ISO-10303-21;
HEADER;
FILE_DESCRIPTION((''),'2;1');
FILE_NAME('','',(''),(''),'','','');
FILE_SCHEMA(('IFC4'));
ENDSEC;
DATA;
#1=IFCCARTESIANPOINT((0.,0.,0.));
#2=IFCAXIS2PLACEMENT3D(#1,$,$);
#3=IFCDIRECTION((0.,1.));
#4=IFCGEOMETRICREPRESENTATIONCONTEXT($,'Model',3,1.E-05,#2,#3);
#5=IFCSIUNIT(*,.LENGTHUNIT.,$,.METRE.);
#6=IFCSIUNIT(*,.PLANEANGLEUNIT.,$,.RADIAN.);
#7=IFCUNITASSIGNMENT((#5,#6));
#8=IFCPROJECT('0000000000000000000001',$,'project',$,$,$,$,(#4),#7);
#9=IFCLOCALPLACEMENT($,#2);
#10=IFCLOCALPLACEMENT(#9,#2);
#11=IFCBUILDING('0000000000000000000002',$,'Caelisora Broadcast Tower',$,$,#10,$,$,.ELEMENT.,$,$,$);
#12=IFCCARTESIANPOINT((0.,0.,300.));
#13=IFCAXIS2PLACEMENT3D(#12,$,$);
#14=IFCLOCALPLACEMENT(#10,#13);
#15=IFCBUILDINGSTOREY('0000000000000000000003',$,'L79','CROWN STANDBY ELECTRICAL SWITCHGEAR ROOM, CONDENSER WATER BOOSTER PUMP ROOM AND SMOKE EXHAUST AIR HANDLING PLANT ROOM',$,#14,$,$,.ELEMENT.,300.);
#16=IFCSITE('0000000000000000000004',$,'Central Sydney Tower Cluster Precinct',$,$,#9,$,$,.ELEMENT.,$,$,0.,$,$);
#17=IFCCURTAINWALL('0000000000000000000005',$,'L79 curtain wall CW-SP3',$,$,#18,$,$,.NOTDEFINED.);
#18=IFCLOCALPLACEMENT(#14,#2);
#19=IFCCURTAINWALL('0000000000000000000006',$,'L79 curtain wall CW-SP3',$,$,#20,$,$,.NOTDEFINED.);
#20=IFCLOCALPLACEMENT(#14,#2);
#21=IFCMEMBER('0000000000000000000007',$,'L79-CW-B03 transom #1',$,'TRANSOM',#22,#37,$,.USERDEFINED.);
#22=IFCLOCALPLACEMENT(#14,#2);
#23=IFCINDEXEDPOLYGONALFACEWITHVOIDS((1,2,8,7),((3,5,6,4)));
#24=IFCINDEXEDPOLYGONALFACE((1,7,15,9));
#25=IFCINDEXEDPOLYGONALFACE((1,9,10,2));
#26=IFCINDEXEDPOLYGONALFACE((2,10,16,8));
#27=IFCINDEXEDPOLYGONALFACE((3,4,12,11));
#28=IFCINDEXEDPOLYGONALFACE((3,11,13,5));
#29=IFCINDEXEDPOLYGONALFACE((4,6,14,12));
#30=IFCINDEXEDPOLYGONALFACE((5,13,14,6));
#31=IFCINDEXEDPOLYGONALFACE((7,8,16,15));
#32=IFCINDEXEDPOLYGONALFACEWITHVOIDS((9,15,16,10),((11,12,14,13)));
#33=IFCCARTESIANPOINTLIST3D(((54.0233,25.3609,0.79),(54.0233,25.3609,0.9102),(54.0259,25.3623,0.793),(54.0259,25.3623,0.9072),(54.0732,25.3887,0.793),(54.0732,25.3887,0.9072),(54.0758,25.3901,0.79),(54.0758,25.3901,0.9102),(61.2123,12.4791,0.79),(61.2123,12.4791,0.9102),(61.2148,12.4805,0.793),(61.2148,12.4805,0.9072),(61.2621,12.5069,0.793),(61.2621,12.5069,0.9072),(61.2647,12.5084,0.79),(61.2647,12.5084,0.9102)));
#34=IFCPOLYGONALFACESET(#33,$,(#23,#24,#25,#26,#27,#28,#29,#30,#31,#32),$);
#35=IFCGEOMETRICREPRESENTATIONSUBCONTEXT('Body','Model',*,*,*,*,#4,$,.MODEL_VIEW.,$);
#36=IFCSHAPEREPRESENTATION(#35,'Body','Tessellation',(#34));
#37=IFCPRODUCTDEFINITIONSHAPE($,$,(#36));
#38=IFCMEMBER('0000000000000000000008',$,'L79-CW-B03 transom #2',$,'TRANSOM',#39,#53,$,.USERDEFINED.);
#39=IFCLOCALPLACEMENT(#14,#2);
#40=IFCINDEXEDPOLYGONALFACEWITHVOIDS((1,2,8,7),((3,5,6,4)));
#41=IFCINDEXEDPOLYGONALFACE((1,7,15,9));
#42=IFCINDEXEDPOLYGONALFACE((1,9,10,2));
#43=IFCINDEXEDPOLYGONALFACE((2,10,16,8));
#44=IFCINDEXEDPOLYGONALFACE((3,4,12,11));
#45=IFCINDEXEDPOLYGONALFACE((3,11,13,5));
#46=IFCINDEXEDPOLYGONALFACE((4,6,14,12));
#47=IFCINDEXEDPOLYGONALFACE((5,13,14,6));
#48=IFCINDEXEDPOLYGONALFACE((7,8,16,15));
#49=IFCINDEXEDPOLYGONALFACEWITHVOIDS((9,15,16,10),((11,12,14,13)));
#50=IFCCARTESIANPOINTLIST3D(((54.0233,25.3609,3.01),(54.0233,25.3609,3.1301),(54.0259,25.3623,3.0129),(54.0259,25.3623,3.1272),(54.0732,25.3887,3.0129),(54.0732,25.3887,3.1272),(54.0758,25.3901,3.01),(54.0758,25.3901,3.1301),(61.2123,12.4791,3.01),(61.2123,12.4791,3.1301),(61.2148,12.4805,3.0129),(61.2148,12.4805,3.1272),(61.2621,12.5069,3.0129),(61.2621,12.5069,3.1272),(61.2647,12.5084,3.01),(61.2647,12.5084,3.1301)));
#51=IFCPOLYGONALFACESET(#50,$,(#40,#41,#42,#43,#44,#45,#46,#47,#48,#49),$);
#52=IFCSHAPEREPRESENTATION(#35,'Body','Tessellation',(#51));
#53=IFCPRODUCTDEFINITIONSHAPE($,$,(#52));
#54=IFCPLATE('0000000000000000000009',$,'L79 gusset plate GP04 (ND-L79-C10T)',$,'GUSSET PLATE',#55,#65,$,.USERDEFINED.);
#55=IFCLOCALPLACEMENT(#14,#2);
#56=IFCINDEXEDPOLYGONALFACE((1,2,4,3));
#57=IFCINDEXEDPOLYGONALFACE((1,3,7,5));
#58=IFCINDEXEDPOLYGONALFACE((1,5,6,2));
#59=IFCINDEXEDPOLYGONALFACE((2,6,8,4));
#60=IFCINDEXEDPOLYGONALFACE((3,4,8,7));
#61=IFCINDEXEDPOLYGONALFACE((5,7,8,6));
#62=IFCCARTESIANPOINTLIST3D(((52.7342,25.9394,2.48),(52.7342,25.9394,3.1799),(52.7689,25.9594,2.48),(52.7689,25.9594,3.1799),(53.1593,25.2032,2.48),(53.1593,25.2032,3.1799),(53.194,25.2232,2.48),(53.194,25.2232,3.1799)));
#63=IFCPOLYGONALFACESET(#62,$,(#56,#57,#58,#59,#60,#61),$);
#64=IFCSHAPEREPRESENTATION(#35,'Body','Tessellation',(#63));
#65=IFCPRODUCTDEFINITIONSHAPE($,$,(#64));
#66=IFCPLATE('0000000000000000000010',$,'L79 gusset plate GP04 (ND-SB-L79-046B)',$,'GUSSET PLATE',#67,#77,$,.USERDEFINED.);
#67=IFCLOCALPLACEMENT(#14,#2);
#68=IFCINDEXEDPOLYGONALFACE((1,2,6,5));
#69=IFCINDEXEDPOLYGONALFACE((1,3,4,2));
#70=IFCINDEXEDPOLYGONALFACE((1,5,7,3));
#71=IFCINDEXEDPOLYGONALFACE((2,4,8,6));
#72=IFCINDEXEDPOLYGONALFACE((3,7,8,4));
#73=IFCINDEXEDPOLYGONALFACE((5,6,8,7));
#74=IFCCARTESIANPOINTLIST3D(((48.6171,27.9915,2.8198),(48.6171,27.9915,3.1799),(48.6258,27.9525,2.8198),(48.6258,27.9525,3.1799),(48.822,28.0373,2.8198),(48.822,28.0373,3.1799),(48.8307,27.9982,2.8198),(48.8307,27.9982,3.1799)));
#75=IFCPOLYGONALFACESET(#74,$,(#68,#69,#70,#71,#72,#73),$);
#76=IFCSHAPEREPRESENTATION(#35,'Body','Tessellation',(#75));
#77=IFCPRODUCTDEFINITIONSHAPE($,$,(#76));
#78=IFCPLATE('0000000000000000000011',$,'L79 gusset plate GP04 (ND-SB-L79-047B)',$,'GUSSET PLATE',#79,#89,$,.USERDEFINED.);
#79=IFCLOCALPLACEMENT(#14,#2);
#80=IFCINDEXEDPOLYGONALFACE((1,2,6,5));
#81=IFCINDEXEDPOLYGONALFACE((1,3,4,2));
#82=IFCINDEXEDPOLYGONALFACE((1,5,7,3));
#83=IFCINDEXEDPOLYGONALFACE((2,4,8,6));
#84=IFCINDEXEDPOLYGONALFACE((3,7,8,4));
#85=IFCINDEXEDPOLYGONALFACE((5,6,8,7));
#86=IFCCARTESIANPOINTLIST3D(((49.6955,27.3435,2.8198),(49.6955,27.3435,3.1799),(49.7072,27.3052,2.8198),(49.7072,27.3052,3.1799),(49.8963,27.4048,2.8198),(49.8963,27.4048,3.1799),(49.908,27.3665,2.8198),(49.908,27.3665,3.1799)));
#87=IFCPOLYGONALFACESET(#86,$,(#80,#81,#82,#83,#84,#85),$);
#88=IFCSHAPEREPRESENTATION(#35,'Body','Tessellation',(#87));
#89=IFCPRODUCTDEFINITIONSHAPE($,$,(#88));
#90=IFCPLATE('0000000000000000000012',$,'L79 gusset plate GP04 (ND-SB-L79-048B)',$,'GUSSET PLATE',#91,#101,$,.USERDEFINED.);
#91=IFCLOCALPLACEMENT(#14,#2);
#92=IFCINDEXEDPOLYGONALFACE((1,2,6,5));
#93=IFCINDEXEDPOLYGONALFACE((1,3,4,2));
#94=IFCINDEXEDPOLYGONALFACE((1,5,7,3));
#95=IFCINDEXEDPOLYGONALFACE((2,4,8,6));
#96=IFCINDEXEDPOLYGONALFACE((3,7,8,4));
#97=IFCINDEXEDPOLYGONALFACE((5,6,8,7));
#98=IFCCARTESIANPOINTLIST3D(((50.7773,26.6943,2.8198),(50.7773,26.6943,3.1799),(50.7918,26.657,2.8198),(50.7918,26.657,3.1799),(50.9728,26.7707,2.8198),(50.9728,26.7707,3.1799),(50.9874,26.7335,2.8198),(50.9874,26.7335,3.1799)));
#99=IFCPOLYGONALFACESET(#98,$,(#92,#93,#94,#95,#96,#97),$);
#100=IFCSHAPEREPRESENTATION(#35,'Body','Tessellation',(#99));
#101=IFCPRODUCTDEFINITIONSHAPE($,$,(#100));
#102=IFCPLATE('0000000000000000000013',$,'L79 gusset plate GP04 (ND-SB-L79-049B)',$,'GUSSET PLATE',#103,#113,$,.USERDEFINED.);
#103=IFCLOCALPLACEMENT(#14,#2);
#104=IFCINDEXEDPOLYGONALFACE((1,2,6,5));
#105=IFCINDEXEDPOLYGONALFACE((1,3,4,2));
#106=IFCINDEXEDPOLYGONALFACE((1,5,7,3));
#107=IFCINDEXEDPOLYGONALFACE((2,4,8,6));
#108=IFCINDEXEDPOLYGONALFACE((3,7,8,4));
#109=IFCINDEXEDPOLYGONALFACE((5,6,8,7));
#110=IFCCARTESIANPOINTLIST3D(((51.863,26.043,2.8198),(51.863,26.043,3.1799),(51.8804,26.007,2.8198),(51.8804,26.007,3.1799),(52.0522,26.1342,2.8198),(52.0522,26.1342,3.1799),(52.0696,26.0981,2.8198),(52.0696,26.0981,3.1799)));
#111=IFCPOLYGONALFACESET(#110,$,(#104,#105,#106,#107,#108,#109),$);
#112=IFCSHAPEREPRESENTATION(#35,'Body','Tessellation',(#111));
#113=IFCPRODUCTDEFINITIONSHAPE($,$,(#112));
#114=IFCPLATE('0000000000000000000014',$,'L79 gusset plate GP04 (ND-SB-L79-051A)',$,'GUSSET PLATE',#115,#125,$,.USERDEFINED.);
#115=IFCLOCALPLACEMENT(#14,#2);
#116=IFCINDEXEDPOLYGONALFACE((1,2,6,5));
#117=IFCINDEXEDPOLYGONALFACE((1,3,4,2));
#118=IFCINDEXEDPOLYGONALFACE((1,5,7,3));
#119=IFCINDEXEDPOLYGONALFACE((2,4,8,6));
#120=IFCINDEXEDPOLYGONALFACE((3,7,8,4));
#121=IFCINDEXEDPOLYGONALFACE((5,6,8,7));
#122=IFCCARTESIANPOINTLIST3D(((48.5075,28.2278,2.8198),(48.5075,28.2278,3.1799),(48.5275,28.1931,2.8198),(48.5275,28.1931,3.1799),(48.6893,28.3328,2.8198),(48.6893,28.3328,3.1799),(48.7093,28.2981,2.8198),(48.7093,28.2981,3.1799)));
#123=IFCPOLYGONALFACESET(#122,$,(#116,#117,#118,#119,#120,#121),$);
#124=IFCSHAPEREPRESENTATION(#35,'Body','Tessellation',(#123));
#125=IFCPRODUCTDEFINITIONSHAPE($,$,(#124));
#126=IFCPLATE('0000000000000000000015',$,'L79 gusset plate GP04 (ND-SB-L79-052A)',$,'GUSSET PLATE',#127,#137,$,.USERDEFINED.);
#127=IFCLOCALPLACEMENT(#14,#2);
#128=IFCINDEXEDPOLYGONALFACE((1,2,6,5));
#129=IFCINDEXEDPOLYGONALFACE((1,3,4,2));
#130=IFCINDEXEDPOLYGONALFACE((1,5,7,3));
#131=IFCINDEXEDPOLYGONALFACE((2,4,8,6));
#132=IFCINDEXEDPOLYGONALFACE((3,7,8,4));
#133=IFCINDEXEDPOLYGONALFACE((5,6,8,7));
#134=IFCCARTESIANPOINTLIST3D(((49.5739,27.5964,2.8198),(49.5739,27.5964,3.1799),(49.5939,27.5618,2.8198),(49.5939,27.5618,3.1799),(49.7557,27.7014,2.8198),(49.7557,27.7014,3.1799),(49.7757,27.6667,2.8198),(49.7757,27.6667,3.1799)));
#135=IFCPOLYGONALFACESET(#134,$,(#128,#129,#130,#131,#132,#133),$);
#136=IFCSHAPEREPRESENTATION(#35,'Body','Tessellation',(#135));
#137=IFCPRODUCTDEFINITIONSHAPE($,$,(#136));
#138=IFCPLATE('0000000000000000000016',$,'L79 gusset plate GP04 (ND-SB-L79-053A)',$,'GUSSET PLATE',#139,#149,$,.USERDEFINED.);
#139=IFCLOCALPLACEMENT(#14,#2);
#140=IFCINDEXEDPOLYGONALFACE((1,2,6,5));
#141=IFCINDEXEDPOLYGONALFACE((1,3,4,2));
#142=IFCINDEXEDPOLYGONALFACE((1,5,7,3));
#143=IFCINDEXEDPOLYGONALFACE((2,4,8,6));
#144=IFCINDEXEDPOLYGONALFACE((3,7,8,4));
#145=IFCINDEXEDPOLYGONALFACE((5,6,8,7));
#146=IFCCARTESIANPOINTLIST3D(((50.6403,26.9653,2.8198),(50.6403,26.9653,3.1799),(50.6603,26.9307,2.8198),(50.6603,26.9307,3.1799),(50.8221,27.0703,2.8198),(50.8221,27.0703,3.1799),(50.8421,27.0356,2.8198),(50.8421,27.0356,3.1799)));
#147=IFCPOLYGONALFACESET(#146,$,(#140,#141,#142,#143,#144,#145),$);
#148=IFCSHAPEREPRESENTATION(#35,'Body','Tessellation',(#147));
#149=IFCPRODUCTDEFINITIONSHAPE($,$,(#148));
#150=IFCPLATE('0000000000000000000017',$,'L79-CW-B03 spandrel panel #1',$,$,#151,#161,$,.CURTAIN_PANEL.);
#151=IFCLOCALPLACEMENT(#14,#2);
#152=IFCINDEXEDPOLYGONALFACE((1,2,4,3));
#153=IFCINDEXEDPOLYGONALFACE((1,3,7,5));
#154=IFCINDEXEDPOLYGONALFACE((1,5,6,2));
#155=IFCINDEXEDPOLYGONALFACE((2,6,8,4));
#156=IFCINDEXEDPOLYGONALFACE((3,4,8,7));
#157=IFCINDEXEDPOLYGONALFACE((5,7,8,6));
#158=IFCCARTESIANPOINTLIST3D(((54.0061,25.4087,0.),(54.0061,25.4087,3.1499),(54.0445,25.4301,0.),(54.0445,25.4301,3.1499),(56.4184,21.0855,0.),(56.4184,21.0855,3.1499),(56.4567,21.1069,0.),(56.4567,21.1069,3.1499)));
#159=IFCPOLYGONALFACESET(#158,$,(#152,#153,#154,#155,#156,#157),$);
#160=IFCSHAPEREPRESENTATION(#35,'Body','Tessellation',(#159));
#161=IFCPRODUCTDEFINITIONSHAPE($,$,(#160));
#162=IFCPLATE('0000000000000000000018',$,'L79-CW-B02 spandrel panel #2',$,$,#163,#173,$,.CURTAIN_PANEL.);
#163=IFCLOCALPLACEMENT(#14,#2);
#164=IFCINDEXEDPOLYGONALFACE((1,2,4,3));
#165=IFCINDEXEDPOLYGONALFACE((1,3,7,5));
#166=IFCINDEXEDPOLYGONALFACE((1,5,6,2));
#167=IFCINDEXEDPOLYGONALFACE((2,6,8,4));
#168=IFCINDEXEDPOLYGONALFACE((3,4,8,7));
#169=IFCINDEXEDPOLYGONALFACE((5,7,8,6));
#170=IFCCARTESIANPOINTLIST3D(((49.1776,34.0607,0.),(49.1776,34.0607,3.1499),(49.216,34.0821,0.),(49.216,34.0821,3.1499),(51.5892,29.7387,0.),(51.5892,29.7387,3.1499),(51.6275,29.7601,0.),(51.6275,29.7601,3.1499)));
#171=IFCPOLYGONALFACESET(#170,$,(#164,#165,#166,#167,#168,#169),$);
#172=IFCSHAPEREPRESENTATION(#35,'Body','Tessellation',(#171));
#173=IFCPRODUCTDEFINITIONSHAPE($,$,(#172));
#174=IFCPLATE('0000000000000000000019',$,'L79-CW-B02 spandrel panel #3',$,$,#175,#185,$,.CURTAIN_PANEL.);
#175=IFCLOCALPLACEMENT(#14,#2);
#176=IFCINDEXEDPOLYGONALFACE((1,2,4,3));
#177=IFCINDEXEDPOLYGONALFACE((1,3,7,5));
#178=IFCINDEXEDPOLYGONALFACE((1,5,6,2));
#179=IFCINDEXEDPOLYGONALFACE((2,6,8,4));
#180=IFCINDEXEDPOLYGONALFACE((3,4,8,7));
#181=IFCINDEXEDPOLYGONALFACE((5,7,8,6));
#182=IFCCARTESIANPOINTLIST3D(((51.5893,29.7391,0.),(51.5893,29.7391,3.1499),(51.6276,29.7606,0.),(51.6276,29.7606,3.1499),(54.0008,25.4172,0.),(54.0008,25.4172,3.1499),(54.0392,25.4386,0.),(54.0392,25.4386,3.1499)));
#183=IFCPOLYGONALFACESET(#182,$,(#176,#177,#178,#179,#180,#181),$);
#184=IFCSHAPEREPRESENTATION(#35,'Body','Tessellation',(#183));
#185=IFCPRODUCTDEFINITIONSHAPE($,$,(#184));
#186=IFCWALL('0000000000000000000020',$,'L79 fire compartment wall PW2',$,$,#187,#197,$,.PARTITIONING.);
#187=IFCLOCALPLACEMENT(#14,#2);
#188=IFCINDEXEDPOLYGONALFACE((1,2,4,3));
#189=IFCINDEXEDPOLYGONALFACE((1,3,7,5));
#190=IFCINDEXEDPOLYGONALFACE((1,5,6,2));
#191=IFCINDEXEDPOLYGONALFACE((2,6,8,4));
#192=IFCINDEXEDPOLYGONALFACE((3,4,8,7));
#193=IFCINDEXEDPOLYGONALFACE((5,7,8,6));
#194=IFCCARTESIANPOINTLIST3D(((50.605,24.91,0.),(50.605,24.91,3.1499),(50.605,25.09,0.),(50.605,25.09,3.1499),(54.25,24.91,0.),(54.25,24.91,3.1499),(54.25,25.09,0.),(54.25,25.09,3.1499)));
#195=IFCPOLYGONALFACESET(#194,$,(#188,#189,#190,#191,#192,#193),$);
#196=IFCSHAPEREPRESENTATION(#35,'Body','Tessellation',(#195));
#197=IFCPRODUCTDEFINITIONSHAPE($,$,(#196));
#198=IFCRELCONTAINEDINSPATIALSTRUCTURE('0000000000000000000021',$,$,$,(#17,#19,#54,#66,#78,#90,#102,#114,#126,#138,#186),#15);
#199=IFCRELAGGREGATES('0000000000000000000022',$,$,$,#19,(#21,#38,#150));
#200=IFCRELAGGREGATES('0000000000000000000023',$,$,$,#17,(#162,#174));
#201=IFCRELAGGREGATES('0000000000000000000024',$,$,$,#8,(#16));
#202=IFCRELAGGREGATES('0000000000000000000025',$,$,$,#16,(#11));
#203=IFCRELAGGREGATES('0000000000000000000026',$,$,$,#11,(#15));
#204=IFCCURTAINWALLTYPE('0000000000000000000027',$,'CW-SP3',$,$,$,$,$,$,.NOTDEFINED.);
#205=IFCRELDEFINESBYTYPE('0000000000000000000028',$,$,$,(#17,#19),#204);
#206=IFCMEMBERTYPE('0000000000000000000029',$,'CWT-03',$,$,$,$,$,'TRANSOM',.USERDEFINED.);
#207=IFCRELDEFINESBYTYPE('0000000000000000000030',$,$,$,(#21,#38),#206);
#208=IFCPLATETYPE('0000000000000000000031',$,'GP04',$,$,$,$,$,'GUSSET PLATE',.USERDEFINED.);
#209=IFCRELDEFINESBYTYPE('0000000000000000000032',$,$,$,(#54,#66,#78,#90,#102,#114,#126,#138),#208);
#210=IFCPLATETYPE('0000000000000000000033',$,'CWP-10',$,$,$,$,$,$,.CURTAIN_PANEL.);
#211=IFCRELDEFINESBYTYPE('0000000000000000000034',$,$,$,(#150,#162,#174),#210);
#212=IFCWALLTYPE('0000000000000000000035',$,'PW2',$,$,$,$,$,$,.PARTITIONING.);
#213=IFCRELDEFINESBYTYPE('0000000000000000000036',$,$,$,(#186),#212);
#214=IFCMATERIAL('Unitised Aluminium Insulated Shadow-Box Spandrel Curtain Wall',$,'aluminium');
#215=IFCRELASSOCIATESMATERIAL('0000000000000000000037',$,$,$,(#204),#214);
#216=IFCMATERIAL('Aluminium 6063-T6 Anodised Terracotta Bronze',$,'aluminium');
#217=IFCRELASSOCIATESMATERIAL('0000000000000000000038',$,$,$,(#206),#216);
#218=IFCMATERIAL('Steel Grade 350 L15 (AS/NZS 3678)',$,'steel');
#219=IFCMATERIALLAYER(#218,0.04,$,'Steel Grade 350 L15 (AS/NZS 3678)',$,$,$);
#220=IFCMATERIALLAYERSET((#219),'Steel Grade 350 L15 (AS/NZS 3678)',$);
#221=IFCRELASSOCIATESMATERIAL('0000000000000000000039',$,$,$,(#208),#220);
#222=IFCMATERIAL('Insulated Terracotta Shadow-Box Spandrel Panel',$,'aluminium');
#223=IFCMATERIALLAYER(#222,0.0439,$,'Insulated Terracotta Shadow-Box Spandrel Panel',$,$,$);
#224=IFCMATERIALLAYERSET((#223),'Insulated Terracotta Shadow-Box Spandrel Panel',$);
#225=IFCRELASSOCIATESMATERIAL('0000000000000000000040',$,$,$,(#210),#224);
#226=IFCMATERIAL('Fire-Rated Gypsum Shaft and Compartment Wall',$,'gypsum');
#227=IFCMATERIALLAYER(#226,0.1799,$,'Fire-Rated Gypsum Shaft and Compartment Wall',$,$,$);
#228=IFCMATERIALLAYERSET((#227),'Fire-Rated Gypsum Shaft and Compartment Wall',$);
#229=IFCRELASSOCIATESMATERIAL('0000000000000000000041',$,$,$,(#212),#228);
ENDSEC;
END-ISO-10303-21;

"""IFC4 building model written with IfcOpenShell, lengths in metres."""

from ifc_helpers import new_model, si_unit, direction, frame, frame_2d, origin, origin_2d, place, context, subcontext, project, spatial, rectangle, hollow_rectangle, extrude, source, transform, mapped, material, layer, layer_set, material_profile, profile_set, type_object, type_shapes, element, aggregate, save


model = new_model("IFC4")

# Units and contexts
model_context = context("Model", 3, precision=1e-05, world=origin(), true_north=direction((0.0, 1.0)))
body_context = subcontext(model_context, "Body", "Model", "MODEL_VIEW")
ifc_project = project(units=[si_unit("LENGTHUNIT", "METRE"), si_unit("PLANEANGLEUNIT", "RADIAN")], contexts=[model_context])

# Site, building, storey
site_placement = place(None, origin())
site = spatial("IfcSite", under=ifc_project, at=site_placement, Name="Central Sydney Tower Cluster Precinct", CompositionType="ELEMENT", RefElevation=0.0)
building_placement = place(site_placement, origin())
building = spatial("IfcBuilding", under=site, at=building_placement, Name="Caelisora Broadcast Tower", CompositionType="ELEMENT")
storey_placement = place(building_placement, frame((0.0, 0.0, 300.0)))
storey = spatial("IfcBuildingStorey", under=building, at=storey_placement, Name="L79", Description="CROWN STANDBY ELECTRICAL SWITCHGEAR ROOM, CONDENSER WATER BOOSTER PUMP ROOM AND SMOKE EXHAUST AIR HANDLING PLANT ROOM", CompositionType="ELEMENT", Elevation=300.0)

# Curtain walls, members
ifc_material_1 = material(Name="Unitised Aluminium Insulated Shadow-Box Spandrel Curtain Wall", Category="aluminium")
curtain_wall_type = type_object("IfcCurtainWallType", Name="CW-SP3", PredefinedType="NOTDEFINED", material=ifc_material_1)
curtain_wall_1_placement = place(storey_placement, origin())
curtain_wall_1 = element("IfcCurtainWall", 1, at=curtain_wall_1_placement, inside=storey, type_object=curtain_wall_type, Name="L79 curtain wall CW-SP3", PredefinedType="NOTDEFINED")
ifc_material_2 = material(Name="Aluminium 6063-T6 Anodised Terracotta Bronze", Category="aluminium")
curtain_wall_2_placement = place(storey_placement, origin())
curtain_wall_2 = element("IfcCurtainWall", 2, at=curtain_wall_2_placement, inside=storey, type_object=curtain_wall_type, Name="L79 curtain wall CW-SP3", PredefinedType="NOTDEFINED")
ifc_material_profile_1 = material_profile(ifc_material_2, hollow_rectangle(XDim=0.0601, YDim=0.1201, WallThickness=0.0029, at=origin_2d()), Name="Aluminium 6063-T6 Anodised Terracotta Bronze")
ifc_profile_set_1 = profile_set([ifc_material_profile_1], Name="Aluminium 6063-T6 Anodised Terracotta Bronze")
member_type_1 = type_object("IfcMemberType", Name="CWT-03", ElementType="TRANSOM", PredefinedType="USERDEFINED", material=ifc_profile_set_1)
shared_shape_1 = source(origin(), body_context, "Body", "SweptSolid", [
    extrude(hollow_rectangle(XDim=0.0601, YDim=0.1201, WallThickness=0.0029, at=origin_2d()), origin(), (0.0, 0.0, 1.0), 14.752),
])
type_shapes(member_type_1, [shared_shape_1])
member_1_placement = place(storey_placement, frame((54.0496, 25.3755, 0.8501), z_axis=(0.48732, -0.873224, 0.0), x_axis=(0.873224, 0.48732, 0.0)))
member_1 = element("IfcMember", 3, at=member_1_placement, type_object=member_type_1, Name="L79-CW-B03 transom #1", ObjectType="TRANSOM", PredefinedType="USERDEFINED", context=body_context, shape_type="MappedRepresentation", body=[
    mapped(shared_shape_1, transform((0.0, 0.0, 0.0), scale=1.0)),
])
member_2_placement = place(storey_placement, frame((54.0496, 25.3755, 3.0701), z_axis=(0.48732, -0.873224, 0.0), x_axis=(0.873224, 0.48732, 0.0)))
member_2 = element("IfcMember", 4, at=member_2_placement, type_object=member_type_1, Name="L79-CW-B03 transom #2", ObjectType="TRANSOM", PredefinedType="USERDEFINED", context=body_context, shape_type="MappedRepresentation", body=[
    mapped(shared_shape_1, transform((0.0, 0.0, 0.0), scale=1.0)),
])

# Plates
ifc_material_3 = material(Name="Steel Grade 350 L15 (AS/NZS 3678)", Category="steel")
ifc_layer_1 = layer(ifc_material_3, 0.04, Name="Steel Grade 350 L15 (AS/NZS 3678)")
ifc_layer_set_1 = layer_set([ifc_layer_1], Name="Steel Grade 350 L15 (AS/NZS 3678)")
plate_type_1 = type_object("IfcPlateType", Name="GP04", ElementType="GUSSET PLATE", PredefinedType="USERDEFINED", material=ifc_layer_set_1)
shared_shape_2 = source(origin(), body_context, "Body", "SweptSolid", [
    extrude(rectangle(XDim=0.8501, YDim=0.04, at=origin_2d()), origin(), (0.0, 0.0, 1.0), 0.7),
])
plate_1_placement = place(storey_placement, frame((52.9641, 25.5813, 2.48), z_axis=(0.0, 0.0, 1.0), x_axis=(-0.5, 0.866025, 0.0)))
element("IfcPlate", 5, at=plate_1_placement, inside=storey, type_object=plate_type_1, Name="L79 gusset plate GP04 (ND-L79-C10T)", ObjectType="GUSSET PLATE", PredefinedType="USERDEFINED", context=body_context, shape_type="MappedRepresentation", body=[
    mapped(shared_shape_2, transform((0.0, 0.0, 0.0), scale=1.0)),
])
shared_shape_3 = source(origin(), body_context, "Body", "SweptSolid", [
    extrude(rectangle(XDim=0.21, YDim=0.04, at=origin_2d()), origin(), (0.0, 0.0, 1.0), 0.3601),
])
type_shapes(plate_type_1, [shared_shape_2, shared_shape_3])
for number, where, z_axis, x_axis, name in (
    (6, (48.7239, 27.9949, 2.8198), (0.0, 0.0, 1.0), (-0.975993, -0.217803, 0.0), "L79 gusset plate GP04 (ND-SB-L79-046B)"),
    (7, (49.8018, 27.355, 2.8198), (0.0, 0.0, 1.0), (-0.956458, -0.291871, 0.0), "L79 gusset plate GP04 (ND-SB-L79-047B)"),
    (8, (50.8823, 26.7139, 2.8198), (0.0, 0.0, 1.0), (-0.93131, -0.364227, 0.0), "L79 gusset plate GP04 (ND-SB-L79-048B)"),
    (9, (51.9663, 26.0706, 2.8198), (0.0, 0.0, 1.0), (-0.900926, -0.433974, 0.0), "L79 gusset plate GP04 (ND-SB-L79-049B)"),
    (10, (48.6084, 28.2629, 2.8198), (0.0, 0.0, 1.0), (-0.866025, -0.5, 0.0), "L79 gusset plate GP04 (ND-SB-L79-051A)"),
    (11, (49.6748, 27.6316, 2.8198), (0.0, 0.0, 1.0), (-0.866025, -0.5, 0.0), "L79 gusset plate GP04 (ND-SB-L79-052A)"),
    (12, (50.7412, 27.0005, 2.8198), (0.0, 0.0, 1.0), (-0.866025, -0.5, 0.0), "L79 gusset plate GP04 (ND-SB-L79-053A)"),
):
    element("IfcPlate", number, at=place(storey_placement, frame(where, z_axis=z_axis, x_axis=x_axis)), inside=storey, type_object=plate_type_1, Name=name, ObjectType="GUSSET PLATE", PredefinedType="USERDEFINED", context=body_context, shape_type="MappedRepresentation", body=[
        mapped(shared_shape_3, transform((0.0, 0.0, 0.0), scale=1.0)),
    ])

# Plates
ifc_material_4 = material(Name="Insulated Terracotta Shadow-Box Spandrel Panel", Category="aluminium")
ifc_layer_2 = layer(ifc_material_4, 0.0439, Name="Insulated Terracotta Shadow-Box Spandrel Panel")
ifc_layer_set_2 = layer_set([ifc_layer_2], Name="Insulated Terracotta Shadow-Box Spandrel Panel")
plate_type_2 = type_object("IfcPlateType", Name="CWP-10", PredefinedType="CURTAIN_PANEL", material=ifc_layer_set_2)
shared_shape_4 = source(origin(), body_context, "Body", "SweptSolid", [
    extrude(rectangle(XDim=4.9507, YDim=0.0439, at=origin_2d()), origin(), (0.0, 0.0, 1.0), 3.1499),
])
plate_2_placement = place(storey_placement, frame((55.2314, 23.2578, 0.0), z_axis=(0.0, 0.0, 1.0), x_axis=(0.48725, -0.873262, 0.0)))
plate_2 = element("IfcPlate", 13, at=plate_2_placement, type_object=plate_type_2, Name="L79-CW-B03 spandrel panel #1", PredefinedType="CURTAIN_PANEL", context=body_context, shape_type="MappedRepresentation", body=[
    mapped(shared_shape_4, transform((0.0, 0.0, 0.0), scale=1.0)),
])
aggregate(curtain_wall_2, [member_1, member_2, plate_2])
shared_shape_5 = source(origin(), body_context, "Body", "SweptSolid", [
    extrude(rectangle(XDim=4.9492, YDim=0.0439, at=origin_2d()), origin(), (0.0, 0.0, 1.0), 3.1499),
])
type_shapes(plate_type_2, [shared_shape_4, shared_shape_5])
plate_3_placement = place(storey_placement, frame((50.4026, 31.9104, 0.0), z_axis=(0.0, 0.0, 1.0), x_axis=(0.48725, -0.873262, 0.0)))
plate_3 = element("IfcPlate", 14, at=plate_3_placement, type_object=plate_type_2, Name="L79-CW-B02 spandrel panel #2", PredefinedType="CURTAIN_PANEL", context=body_context, shape_type="MappedRepresentation", body=[
    mapped(shared_shape_5, transform((0.0, 0.0, 0.0), scale=1.0)),
])
plate_4_placement = place(storey_placement, frame((52.8142, 27.5889, 0.0), z_axis=(0.0, 0.0, 1.0), x_axis=(0.48725, -0.873262, 0.0)))
plate_4 = element("IfcPlate", 15, at=plate_4_placement, type_object=plate_type_2, Name="L79-CW-B02 spandrel panel #3", PredefinedType="CURTAIN_PANEL", context=body_context, shape_type="MappedRepresentation", body=[
    mapped(shared_shape_5, transform((0.0, 0.0, 0.0), scale=1.0)),
])
aggregate(curtain_wall_1, [plate_3, plate_4])

# Shared definitions
ifc_material_5 = material(Name="Fire-Rated Gypsum Shaft and Compartment Wall", Category="gypsum")
ifc_layer_3 = layer(ifc_material_5, 0.1799, Name="Fire-Rated Gypsum Shaft and Compartment Wall")
ifc_layer_set_3 = layer_set([ifc_layer_3], Name="Fire-Rated Gypsum Shaft and Compartment Wall")
wall_type = type_object("IfcWallType", Name="PW2", PredefinedType="PARTITIONING", material=ifc_layer_set_3)

# Wall
wall_1_placement = place(storey_placement, frame((50.605, 25.0, 0.0), z_axis=(0.0, 0.0, 1.0), x_axis=(1.0, 0.0, 0.0)))
element("IfcWall", 16, at=wall_1_placement, inside=storey, type_object=wall_type, Name="L79 fire compartment wall PW2", PredefinedType="PARTITIONING", context=body_context, shape_type="SweptSolid", body=[
    extrude(rectangle(XDim=3.645, YDim=0.1799, at=frame_2d((1.8225, 0.0))), origin(), (0.0, 0.0, 1.0), 3.1499),
])

save(model, "model.ifc")
